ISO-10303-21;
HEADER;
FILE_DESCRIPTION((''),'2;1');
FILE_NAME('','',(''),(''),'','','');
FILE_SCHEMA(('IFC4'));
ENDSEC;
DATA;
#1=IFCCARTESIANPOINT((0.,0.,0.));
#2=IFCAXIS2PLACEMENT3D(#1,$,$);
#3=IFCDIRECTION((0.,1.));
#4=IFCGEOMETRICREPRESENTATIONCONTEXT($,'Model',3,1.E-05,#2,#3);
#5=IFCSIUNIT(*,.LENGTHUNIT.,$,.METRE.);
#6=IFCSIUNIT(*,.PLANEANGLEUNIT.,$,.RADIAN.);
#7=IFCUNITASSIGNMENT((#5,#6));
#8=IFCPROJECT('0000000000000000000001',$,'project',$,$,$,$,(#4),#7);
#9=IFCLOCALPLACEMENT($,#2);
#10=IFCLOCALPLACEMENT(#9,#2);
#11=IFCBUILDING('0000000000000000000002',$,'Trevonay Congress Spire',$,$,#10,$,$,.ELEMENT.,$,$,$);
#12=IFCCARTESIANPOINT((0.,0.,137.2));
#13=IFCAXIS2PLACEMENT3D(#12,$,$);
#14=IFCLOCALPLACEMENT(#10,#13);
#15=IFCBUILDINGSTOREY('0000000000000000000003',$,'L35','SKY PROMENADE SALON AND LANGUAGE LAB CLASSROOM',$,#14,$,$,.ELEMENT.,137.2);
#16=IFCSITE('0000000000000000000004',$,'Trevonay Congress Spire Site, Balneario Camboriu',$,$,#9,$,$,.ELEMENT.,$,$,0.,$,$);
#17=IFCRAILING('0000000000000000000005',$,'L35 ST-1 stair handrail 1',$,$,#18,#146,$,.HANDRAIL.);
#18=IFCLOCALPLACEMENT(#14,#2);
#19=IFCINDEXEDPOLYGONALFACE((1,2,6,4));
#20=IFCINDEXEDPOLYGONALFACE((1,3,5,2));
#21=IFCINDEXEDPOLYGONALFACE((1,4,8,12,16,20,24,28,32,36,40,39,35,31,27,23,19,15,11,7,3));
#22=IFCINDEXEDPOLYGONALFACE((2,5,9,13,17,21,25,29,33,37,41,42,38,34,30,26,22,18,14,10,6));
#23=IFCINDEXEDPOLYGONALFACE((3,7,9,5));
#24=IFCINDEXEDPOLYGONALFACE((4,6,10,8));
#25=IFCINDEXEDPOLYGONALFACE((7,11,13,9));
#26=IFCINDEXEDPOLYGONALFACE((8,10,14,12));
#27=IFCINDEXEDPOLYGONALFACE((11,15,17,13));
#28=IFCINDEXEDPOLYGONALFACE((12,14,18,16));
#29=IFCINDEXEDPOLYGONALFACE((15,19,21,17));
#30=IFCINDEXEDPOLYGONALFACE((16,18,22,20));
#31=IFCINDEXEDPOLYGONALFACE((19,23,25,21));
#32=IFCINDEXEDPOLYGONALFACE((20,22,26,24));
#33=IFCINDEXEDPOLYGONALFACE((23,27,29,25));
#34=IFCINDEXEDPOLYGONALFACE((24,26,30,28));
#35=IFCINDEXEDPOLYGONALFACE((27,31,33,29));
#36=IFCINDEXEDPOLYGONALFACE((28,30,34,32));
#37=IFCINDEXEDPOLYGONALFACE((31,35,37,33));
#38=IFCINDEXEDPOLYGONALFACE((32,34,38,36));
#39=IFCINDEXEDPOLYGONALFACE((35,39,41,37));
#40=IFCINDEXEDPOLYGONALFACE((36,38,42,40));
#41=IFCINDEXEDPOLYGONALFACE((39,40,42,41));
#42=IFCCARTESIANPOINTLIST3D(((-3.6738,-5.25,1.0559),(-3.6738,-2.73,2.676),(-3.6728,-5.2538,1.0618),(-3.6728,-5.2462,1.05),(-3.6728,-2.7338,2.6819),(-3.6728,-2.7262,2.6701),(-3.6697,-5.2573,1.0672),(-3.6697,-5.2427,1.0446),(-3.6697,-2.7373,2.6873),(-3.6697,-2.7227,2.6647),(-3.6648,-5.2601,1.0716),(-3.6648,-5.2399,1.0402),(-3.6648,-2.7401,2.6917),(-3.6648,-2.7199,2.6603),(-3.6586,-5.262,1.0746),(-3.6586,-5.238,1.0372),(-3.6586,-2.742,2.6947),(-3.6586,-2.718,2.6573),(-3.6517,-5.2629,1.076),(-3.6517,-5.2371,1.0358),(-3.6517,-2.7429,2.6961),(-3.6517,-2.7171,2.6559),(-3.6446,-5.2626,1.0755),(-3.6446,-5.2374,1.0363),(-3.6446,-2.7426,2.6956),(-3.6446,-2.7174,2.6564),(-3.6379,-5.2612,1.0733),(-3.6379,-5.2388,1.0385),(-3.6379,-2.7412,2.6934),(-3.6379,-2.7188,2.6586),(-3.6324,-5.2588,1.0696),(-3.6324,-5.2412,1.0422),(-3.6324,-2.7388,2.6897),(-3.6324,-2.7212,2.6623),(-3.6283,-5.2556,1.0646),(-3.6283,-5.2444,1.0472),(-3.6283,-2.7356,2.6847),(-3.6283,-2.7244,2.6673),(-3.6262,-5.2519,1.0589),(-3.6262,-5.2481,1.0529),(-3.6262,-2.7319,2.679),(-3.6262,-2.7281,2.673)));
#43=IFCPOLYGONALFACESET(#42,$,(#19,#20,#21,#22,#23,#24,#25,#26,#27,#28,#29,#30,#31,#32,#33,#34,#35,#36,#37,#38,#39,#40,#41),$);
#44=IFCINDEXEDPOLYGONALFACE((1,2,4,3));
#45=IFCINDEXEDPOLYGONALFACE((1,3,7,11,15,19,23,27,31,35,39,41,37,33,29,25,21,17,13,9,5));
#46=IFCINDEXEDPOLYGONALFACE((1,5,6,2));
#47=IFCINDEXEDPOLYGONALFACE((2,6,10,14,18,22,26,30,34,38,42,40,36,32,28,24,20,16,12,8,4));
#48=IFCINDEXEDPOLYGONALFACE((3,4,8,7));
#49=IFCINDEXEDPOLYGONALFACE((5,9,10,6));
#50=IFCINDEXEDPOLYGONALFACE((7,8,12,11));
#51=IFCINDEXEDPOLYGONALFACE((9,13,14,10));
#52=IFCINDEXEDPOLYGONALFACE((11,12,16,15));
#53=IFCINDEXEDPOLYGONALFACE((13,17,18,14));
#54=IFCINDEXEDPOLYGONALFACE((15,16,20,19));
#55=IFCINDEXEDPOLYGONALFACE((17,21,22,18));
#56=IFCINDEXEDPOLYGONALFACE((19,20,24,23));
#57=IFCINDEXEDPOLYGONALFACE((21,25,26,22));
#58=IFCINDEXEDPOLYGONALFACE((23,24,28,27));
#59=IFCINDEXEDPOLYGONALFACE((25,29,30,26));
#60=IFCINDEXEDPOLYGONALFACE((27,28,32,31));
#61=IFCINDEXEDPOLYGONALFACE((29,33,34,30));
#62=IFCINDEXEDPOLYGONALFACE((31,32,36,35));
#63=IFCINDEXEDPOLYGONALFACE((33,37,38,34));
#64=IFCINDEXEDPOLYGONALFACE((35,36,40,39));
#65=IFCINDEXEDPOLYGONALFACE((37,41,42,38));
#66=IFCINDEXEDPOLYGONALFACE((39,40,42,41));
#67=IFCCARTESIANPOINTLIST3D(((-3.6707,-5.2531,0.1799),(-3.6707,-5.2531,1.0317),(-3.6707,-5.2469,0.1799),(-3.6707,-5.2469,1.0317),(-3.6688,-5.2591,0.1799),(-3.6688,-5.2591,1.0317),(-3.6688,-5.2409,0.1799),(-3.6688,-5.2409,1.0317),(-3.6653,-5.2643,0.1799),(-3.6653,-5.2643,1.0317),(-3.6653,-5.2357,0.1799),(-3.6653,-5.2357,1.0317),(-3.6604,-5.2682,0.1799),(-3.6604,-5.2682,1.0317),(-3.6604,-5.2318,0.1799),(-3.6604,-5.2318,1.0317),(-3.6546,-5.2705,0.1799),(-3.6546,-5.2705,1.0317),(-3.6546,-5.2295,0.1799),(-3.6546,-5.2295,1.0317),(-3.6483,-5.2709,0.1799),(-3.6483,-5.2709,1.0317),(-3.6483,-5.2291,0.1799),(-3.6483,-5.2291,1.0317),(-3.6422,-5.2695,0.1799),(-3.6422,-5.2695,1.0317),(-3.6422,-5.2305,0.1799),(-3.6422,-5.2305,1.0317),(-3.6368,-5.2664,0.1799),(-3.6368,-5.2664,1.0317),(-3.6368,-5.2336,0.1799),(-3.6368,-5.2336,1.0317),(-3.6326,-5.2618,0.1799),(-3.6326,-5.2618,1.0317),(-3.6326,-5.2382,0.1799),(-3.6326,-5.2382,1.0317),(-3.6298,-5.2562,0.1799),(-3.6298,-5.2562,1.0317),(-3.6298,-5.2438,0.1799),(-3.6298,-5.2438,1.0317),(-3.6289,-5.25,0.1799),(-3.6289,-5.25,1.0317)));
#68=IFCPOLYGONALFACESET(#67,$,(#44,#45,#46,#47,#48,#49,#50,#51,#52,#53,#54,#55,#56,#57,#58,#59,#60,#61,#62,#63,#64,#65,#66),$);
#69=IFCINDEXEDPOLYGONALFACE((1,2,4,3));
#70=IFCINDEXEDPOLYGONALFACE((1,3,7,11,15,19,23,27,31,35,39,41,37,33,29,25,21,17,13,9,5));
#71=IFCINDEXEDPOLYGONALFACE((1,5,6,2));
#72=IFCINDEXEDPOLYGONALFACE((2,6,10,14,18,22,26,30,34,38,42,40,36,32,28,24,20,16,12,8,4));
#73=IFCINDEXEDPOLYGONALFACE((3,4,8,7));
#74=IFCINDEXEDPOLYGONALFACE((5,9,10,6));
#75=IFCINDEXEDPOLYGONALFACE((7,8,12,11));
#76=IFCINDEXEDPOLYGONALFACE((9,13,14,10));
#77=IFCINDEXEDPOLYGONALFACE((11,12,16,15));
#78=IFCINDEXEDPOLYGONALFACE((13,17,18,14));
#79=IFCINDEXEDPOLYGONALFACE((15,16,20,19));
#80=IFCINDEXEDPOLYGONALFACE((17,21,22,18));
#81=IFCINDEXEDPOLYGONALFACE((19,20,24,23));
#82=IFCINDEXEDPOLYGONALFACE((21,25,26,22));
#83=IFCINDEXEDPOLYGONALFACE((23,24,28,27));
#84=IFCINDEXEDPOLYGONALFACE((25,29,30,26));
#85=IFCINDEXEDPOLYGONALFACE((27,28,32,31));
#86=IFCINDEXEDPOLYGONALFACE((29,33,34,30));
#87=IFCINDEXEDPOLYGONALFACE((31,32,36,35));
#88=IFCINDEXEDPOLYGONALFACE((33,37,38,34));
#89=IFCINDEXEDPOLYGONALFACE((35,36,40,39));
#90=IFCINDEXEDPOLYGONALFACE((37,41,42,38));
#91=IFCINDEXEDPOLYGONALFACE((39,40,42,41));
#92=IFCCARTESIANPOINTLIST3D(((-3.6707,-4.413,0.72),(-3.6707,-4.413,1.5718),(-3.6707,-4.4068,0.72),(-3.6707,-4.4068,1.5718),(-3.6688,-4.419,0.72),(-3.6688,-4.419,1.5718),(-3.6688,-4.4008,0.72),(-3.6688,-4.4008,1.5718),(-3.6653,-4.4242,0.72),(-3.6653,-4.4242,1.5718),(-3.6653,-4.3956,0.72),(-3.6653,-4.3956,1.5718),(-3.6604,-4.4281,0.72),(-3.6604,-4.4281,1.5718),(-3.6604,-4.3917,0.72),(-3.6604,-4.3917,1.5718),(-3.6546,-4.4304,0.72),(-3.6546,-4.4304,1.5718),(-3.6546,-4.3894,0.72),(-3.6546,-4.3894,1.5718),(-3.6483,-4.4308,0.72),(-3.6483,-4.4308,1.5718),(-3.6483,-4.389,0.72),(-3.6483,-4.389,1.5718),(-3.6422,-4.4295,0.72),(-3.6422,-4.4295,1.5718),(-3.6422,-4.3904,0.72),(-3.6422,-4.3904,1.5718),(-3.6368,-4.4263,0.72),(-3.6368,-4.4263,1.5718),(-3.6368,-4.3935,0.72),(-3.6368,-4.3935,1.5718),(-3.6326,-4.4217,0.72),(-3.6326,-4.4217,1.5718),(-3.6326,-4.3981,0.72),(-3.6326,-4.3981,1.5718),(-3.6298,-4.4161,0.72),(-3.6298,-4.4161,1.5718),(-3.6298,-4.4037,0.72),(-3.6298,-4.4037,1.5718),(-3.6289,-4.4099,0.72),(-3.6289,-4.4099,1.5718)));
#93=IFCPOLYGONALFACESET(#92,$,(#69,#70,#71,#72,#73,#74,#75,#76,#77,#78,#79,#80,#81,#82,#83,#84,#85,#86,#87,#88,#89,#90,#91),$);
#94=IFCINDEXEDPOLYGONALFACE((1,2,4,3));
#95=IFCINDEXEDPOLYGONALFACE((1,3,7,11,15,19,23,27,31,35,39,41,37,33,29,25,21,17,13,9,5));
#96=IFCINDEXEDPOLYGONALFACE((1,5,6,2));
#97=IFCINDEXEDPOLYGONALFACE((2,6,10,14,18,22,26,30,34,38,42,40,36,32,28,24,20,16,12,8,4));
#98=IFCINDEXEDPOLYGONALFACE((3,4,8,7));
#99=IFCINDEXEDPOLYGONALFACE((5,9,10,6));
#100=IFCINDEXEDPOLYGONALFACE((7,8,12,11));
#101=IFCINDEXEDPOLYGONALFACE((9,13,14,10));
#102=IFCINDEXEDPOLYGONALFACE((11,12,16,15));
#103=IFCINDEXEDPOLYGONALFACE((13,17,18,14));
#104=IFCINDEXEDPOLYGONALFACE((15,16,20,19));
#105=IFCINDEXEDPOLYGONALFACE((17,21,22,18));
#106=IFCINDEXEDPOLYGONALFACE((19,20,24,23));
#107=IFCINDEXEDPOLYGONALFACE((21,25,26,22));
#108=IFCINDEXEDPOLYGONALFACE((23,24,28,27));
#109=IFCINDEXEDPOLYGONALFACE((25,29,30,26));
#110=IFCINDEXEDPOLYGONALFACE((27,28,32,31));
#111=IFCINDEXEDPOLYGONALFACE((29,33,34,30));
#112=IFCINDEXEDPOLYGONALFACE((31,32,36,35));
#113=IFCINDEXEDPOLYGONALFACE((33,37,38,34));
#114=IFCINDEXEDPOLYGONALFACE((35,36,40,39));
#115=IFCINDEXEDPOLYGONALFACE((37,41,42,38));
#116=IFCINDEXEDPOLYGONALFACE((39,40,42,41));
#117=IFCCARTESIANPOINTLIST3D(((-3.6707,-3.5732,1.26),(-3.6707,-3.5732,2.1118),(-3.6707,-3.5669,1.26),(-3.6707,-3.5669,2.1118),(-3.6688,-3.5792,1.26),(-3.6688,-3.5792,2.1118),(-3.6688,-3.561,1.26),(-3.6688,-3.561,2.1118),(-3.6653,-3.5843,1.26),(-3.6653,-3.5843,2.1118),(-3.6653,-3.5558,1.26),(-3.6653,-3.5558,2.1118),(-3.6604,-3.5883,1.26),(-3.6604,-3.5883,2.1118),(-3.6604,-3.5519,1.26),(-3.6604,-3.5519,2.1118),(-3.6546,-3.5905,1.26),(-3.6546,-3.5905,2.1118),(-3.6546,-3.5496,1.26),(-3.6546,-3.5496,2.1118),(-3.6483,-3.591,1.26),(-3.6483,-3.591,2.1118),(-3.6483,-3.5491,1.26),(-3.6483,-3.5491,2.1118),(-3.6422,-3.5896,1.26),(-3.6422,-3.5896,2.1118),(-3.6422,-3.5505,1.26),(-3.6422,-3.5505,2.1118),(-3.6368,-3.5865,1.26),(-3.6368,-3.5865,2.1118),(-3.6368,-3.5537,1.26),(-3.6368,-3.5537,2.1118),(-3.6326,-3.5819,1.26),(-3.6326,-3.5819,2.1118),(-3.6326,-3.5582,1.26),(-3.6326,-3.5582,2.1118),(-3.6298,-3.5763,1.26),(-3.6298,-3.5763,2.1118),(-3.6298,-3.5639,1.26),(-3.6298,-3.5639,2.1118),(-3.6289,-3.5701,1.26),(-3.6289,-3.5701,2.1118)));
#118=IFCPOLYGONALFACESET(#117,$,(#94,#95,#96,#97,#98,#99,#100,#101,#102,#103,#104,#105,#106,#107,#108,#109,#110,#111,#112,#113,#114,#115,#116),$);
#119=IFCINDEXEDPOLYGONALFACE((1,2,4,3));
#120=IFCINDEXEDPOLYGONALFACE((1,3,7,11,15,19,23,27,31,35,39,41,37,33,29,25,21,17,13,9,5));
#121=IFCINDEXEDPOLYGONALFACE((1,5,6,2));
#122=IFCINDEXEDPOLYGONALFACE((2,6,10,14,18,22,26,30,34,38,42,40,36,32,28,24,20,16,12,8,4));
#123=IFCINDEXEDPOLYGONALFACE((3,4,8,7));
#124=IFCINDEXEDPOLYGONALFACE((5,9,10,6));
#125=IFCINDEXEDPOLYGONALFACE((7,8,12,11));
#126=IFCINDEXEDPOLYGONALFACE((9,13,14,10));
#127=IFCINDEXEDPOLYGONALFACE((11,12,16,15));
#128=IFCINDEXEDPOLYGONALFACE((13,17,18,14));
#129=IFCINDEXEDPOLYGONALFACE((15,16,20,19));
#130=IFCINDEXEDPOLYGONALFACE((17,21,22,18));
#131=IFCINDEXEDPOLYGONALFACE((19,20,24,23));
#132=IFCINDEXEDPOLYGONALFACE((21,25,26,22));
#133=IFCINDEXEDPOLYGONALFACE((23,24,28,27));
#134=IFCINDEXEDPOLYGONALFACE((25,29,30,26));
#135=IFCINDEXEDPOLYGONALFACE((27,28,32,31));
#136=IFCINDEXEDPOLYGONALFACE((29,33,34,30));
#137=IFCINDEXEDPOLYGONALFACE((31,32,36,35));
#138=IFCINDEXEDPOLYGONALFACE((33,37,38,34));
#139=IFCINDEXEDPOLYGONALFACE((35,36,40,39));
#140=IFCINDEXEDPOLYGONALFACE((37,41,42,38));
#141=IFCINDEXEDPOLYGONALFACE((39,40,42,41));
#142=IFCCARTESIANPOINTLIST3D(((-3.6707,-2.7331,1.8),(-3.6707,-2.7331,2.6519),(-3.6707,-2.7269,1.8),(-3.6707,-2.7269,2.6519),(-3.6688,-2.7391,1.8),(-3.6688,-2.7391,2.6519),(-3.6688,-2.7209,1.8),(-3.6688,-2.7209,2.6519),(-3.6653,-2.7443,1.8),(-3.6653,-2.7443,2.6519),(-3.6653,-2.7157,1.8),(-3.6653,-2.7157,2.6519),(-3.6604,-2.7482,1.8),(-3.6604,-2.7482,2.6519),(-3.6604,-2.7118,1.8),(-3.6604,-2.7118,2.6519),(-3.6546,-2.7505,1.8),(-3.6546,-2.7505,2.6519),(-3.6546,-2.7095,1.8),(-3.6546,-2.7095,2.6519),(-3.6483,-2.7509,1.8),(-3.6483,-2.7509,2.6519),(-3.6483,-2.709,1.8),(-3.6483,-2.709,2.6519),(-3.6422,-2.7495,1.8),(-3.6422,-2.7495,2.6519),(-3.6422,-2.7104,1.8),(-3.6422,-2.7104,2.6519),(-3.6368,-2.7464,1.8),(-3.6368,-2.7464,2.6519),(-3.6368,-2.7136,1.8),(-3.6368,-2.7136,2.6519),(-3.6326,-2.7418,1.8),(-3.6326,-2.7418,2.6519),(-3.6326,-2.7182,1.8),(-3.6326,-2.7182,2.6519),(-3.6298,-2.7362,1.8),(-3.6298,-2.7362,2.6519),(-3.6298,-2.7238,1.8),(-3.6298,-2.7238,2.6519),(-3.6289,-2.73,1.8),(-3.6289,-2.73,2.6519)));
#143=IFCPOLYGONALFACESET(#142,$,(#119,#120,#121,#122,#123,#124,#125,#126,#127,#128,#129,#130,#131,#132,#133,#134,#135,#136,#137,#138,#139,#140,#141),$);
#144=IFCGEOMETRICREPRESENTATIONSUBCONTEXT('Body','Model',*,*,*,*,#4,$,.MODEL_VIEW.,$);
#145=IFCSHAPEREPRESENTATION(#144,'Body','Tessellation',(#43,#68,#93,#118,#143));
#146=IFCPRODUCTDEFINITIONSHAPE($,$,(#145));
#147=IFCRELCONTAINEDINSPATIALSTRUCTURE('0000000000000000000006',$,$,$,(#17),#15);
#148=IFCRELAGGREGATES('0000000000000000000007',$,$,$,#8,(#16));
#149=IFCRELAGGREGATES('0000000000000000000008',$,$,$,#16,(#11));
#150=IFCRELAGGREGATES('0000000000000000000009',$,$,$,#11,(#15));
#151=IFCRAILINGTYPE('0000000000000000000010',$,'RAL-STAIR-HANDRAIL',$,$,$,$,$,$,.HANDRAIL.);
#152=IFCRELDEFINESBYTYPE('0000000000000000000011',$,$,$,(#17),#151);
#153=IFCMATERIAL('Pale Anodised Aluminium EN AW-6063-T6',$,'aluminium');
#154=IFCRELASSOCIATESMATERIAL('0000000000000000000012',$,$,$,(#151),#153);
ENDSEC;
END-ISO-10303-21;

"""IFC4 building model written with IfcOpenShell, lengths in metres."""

from ifc_helpers import new_model, si_unit, direction, frame, origin, origin_2d, place, context, subcontext, project, spatial, circle, extrude, material, type_object, element, save


model = new_model("IFC4")

# Units and contexts
model_context = context("Model", 3, precision=1e-05, world=origin(), true_north=direction((0.0, 1.0)))
body_context = subcontext(model_context, "Body", "Model", "MODEL_VIEW")
ifc_project = project(units=[si_unit("LENGTHUNIT", "METRE"), si_unit("PLANEANGLEUNIT", "RADIAN")], contexts=[model_context])

# Site, building, storey
site_placement = place(None, origin())
site = spatial("IfcSite", under=ifc_project, at=site_placement, Name="Trevonay Congress Spire Site, Balneario Camboriu", CompositionType="ELEMENT", RefElevation=0.0)
building_placement = place(site_placement, origin())
building = spatial("IfcBuilding", under=site, at=building_placement, Name="Trevonay Congress Spire", CompositionType="ELEMENT")
storey_placement = place(building_placement, frame((0.0, 0.0, 137.2)))
storey = spatial("IfcBuildingStorey", under=building, at=storey_placement, Name="L35", Description="SKY PROMENADE SALON AND LANGUAGE LAB CLASSROOM", CompositionType="ELEMENT", Elevation=137.2)

# Shared definitions
ifc_material_1 = material(Name="Pale Anodised Aluminium EN AW-6063-T6", Category="aluminium")

# Railing
railing_type_1 = type_object("IfcRailingType", Name="RAL-STAIR-HANDRAIL", PredefinedType="HANDRAIL", material=ifc_material_1)
railing_1_placement = place(storey_placement, frame((-3.6499, -5.25, 0.1799)))
element("IfcRailing", 1, at=railing_1_placement, inside=storey, type_object=railing_type_1, Name="L35 ST-1 stair handrail 1", PredefinedType="HANDRAIL", context=body_context, shape_type="SweptSolid", body=[
    extrude(circle(Radius=0.0239, at=origin_2d()), frame((0.0, 0.0, 0.876), z_axis=(0.0, 0.841163, 0.540782), x_axis=(-1.0, 0.0, 0.0)), (0.0, 0.0, 1.0), 2.9958),
    extrude(circle(Radius=0.021, at=origin_2d()), origin(), (0.0, 0.0, 1.0), 0.8518),
    extrude(circle(Radius=0.021, at=origin_2d()), frame((0.0, 0.8401, 0.54)), (0.0, 0.0, 1.0), 0.8518),
    extrude(circle(Radius=0.021, at=origin_2d()), frame((0.0, 1.6799, 1.0801)), (0.0, 0.0, 1.0), 0.8518),
    extrude(circle(Radius=0.021, at=origin_2d()), frame((0.0, 2.52, 1.6201)), (0.0, 0.0, 1.0), 0.8518),
])

save(model, "model.ifc")
